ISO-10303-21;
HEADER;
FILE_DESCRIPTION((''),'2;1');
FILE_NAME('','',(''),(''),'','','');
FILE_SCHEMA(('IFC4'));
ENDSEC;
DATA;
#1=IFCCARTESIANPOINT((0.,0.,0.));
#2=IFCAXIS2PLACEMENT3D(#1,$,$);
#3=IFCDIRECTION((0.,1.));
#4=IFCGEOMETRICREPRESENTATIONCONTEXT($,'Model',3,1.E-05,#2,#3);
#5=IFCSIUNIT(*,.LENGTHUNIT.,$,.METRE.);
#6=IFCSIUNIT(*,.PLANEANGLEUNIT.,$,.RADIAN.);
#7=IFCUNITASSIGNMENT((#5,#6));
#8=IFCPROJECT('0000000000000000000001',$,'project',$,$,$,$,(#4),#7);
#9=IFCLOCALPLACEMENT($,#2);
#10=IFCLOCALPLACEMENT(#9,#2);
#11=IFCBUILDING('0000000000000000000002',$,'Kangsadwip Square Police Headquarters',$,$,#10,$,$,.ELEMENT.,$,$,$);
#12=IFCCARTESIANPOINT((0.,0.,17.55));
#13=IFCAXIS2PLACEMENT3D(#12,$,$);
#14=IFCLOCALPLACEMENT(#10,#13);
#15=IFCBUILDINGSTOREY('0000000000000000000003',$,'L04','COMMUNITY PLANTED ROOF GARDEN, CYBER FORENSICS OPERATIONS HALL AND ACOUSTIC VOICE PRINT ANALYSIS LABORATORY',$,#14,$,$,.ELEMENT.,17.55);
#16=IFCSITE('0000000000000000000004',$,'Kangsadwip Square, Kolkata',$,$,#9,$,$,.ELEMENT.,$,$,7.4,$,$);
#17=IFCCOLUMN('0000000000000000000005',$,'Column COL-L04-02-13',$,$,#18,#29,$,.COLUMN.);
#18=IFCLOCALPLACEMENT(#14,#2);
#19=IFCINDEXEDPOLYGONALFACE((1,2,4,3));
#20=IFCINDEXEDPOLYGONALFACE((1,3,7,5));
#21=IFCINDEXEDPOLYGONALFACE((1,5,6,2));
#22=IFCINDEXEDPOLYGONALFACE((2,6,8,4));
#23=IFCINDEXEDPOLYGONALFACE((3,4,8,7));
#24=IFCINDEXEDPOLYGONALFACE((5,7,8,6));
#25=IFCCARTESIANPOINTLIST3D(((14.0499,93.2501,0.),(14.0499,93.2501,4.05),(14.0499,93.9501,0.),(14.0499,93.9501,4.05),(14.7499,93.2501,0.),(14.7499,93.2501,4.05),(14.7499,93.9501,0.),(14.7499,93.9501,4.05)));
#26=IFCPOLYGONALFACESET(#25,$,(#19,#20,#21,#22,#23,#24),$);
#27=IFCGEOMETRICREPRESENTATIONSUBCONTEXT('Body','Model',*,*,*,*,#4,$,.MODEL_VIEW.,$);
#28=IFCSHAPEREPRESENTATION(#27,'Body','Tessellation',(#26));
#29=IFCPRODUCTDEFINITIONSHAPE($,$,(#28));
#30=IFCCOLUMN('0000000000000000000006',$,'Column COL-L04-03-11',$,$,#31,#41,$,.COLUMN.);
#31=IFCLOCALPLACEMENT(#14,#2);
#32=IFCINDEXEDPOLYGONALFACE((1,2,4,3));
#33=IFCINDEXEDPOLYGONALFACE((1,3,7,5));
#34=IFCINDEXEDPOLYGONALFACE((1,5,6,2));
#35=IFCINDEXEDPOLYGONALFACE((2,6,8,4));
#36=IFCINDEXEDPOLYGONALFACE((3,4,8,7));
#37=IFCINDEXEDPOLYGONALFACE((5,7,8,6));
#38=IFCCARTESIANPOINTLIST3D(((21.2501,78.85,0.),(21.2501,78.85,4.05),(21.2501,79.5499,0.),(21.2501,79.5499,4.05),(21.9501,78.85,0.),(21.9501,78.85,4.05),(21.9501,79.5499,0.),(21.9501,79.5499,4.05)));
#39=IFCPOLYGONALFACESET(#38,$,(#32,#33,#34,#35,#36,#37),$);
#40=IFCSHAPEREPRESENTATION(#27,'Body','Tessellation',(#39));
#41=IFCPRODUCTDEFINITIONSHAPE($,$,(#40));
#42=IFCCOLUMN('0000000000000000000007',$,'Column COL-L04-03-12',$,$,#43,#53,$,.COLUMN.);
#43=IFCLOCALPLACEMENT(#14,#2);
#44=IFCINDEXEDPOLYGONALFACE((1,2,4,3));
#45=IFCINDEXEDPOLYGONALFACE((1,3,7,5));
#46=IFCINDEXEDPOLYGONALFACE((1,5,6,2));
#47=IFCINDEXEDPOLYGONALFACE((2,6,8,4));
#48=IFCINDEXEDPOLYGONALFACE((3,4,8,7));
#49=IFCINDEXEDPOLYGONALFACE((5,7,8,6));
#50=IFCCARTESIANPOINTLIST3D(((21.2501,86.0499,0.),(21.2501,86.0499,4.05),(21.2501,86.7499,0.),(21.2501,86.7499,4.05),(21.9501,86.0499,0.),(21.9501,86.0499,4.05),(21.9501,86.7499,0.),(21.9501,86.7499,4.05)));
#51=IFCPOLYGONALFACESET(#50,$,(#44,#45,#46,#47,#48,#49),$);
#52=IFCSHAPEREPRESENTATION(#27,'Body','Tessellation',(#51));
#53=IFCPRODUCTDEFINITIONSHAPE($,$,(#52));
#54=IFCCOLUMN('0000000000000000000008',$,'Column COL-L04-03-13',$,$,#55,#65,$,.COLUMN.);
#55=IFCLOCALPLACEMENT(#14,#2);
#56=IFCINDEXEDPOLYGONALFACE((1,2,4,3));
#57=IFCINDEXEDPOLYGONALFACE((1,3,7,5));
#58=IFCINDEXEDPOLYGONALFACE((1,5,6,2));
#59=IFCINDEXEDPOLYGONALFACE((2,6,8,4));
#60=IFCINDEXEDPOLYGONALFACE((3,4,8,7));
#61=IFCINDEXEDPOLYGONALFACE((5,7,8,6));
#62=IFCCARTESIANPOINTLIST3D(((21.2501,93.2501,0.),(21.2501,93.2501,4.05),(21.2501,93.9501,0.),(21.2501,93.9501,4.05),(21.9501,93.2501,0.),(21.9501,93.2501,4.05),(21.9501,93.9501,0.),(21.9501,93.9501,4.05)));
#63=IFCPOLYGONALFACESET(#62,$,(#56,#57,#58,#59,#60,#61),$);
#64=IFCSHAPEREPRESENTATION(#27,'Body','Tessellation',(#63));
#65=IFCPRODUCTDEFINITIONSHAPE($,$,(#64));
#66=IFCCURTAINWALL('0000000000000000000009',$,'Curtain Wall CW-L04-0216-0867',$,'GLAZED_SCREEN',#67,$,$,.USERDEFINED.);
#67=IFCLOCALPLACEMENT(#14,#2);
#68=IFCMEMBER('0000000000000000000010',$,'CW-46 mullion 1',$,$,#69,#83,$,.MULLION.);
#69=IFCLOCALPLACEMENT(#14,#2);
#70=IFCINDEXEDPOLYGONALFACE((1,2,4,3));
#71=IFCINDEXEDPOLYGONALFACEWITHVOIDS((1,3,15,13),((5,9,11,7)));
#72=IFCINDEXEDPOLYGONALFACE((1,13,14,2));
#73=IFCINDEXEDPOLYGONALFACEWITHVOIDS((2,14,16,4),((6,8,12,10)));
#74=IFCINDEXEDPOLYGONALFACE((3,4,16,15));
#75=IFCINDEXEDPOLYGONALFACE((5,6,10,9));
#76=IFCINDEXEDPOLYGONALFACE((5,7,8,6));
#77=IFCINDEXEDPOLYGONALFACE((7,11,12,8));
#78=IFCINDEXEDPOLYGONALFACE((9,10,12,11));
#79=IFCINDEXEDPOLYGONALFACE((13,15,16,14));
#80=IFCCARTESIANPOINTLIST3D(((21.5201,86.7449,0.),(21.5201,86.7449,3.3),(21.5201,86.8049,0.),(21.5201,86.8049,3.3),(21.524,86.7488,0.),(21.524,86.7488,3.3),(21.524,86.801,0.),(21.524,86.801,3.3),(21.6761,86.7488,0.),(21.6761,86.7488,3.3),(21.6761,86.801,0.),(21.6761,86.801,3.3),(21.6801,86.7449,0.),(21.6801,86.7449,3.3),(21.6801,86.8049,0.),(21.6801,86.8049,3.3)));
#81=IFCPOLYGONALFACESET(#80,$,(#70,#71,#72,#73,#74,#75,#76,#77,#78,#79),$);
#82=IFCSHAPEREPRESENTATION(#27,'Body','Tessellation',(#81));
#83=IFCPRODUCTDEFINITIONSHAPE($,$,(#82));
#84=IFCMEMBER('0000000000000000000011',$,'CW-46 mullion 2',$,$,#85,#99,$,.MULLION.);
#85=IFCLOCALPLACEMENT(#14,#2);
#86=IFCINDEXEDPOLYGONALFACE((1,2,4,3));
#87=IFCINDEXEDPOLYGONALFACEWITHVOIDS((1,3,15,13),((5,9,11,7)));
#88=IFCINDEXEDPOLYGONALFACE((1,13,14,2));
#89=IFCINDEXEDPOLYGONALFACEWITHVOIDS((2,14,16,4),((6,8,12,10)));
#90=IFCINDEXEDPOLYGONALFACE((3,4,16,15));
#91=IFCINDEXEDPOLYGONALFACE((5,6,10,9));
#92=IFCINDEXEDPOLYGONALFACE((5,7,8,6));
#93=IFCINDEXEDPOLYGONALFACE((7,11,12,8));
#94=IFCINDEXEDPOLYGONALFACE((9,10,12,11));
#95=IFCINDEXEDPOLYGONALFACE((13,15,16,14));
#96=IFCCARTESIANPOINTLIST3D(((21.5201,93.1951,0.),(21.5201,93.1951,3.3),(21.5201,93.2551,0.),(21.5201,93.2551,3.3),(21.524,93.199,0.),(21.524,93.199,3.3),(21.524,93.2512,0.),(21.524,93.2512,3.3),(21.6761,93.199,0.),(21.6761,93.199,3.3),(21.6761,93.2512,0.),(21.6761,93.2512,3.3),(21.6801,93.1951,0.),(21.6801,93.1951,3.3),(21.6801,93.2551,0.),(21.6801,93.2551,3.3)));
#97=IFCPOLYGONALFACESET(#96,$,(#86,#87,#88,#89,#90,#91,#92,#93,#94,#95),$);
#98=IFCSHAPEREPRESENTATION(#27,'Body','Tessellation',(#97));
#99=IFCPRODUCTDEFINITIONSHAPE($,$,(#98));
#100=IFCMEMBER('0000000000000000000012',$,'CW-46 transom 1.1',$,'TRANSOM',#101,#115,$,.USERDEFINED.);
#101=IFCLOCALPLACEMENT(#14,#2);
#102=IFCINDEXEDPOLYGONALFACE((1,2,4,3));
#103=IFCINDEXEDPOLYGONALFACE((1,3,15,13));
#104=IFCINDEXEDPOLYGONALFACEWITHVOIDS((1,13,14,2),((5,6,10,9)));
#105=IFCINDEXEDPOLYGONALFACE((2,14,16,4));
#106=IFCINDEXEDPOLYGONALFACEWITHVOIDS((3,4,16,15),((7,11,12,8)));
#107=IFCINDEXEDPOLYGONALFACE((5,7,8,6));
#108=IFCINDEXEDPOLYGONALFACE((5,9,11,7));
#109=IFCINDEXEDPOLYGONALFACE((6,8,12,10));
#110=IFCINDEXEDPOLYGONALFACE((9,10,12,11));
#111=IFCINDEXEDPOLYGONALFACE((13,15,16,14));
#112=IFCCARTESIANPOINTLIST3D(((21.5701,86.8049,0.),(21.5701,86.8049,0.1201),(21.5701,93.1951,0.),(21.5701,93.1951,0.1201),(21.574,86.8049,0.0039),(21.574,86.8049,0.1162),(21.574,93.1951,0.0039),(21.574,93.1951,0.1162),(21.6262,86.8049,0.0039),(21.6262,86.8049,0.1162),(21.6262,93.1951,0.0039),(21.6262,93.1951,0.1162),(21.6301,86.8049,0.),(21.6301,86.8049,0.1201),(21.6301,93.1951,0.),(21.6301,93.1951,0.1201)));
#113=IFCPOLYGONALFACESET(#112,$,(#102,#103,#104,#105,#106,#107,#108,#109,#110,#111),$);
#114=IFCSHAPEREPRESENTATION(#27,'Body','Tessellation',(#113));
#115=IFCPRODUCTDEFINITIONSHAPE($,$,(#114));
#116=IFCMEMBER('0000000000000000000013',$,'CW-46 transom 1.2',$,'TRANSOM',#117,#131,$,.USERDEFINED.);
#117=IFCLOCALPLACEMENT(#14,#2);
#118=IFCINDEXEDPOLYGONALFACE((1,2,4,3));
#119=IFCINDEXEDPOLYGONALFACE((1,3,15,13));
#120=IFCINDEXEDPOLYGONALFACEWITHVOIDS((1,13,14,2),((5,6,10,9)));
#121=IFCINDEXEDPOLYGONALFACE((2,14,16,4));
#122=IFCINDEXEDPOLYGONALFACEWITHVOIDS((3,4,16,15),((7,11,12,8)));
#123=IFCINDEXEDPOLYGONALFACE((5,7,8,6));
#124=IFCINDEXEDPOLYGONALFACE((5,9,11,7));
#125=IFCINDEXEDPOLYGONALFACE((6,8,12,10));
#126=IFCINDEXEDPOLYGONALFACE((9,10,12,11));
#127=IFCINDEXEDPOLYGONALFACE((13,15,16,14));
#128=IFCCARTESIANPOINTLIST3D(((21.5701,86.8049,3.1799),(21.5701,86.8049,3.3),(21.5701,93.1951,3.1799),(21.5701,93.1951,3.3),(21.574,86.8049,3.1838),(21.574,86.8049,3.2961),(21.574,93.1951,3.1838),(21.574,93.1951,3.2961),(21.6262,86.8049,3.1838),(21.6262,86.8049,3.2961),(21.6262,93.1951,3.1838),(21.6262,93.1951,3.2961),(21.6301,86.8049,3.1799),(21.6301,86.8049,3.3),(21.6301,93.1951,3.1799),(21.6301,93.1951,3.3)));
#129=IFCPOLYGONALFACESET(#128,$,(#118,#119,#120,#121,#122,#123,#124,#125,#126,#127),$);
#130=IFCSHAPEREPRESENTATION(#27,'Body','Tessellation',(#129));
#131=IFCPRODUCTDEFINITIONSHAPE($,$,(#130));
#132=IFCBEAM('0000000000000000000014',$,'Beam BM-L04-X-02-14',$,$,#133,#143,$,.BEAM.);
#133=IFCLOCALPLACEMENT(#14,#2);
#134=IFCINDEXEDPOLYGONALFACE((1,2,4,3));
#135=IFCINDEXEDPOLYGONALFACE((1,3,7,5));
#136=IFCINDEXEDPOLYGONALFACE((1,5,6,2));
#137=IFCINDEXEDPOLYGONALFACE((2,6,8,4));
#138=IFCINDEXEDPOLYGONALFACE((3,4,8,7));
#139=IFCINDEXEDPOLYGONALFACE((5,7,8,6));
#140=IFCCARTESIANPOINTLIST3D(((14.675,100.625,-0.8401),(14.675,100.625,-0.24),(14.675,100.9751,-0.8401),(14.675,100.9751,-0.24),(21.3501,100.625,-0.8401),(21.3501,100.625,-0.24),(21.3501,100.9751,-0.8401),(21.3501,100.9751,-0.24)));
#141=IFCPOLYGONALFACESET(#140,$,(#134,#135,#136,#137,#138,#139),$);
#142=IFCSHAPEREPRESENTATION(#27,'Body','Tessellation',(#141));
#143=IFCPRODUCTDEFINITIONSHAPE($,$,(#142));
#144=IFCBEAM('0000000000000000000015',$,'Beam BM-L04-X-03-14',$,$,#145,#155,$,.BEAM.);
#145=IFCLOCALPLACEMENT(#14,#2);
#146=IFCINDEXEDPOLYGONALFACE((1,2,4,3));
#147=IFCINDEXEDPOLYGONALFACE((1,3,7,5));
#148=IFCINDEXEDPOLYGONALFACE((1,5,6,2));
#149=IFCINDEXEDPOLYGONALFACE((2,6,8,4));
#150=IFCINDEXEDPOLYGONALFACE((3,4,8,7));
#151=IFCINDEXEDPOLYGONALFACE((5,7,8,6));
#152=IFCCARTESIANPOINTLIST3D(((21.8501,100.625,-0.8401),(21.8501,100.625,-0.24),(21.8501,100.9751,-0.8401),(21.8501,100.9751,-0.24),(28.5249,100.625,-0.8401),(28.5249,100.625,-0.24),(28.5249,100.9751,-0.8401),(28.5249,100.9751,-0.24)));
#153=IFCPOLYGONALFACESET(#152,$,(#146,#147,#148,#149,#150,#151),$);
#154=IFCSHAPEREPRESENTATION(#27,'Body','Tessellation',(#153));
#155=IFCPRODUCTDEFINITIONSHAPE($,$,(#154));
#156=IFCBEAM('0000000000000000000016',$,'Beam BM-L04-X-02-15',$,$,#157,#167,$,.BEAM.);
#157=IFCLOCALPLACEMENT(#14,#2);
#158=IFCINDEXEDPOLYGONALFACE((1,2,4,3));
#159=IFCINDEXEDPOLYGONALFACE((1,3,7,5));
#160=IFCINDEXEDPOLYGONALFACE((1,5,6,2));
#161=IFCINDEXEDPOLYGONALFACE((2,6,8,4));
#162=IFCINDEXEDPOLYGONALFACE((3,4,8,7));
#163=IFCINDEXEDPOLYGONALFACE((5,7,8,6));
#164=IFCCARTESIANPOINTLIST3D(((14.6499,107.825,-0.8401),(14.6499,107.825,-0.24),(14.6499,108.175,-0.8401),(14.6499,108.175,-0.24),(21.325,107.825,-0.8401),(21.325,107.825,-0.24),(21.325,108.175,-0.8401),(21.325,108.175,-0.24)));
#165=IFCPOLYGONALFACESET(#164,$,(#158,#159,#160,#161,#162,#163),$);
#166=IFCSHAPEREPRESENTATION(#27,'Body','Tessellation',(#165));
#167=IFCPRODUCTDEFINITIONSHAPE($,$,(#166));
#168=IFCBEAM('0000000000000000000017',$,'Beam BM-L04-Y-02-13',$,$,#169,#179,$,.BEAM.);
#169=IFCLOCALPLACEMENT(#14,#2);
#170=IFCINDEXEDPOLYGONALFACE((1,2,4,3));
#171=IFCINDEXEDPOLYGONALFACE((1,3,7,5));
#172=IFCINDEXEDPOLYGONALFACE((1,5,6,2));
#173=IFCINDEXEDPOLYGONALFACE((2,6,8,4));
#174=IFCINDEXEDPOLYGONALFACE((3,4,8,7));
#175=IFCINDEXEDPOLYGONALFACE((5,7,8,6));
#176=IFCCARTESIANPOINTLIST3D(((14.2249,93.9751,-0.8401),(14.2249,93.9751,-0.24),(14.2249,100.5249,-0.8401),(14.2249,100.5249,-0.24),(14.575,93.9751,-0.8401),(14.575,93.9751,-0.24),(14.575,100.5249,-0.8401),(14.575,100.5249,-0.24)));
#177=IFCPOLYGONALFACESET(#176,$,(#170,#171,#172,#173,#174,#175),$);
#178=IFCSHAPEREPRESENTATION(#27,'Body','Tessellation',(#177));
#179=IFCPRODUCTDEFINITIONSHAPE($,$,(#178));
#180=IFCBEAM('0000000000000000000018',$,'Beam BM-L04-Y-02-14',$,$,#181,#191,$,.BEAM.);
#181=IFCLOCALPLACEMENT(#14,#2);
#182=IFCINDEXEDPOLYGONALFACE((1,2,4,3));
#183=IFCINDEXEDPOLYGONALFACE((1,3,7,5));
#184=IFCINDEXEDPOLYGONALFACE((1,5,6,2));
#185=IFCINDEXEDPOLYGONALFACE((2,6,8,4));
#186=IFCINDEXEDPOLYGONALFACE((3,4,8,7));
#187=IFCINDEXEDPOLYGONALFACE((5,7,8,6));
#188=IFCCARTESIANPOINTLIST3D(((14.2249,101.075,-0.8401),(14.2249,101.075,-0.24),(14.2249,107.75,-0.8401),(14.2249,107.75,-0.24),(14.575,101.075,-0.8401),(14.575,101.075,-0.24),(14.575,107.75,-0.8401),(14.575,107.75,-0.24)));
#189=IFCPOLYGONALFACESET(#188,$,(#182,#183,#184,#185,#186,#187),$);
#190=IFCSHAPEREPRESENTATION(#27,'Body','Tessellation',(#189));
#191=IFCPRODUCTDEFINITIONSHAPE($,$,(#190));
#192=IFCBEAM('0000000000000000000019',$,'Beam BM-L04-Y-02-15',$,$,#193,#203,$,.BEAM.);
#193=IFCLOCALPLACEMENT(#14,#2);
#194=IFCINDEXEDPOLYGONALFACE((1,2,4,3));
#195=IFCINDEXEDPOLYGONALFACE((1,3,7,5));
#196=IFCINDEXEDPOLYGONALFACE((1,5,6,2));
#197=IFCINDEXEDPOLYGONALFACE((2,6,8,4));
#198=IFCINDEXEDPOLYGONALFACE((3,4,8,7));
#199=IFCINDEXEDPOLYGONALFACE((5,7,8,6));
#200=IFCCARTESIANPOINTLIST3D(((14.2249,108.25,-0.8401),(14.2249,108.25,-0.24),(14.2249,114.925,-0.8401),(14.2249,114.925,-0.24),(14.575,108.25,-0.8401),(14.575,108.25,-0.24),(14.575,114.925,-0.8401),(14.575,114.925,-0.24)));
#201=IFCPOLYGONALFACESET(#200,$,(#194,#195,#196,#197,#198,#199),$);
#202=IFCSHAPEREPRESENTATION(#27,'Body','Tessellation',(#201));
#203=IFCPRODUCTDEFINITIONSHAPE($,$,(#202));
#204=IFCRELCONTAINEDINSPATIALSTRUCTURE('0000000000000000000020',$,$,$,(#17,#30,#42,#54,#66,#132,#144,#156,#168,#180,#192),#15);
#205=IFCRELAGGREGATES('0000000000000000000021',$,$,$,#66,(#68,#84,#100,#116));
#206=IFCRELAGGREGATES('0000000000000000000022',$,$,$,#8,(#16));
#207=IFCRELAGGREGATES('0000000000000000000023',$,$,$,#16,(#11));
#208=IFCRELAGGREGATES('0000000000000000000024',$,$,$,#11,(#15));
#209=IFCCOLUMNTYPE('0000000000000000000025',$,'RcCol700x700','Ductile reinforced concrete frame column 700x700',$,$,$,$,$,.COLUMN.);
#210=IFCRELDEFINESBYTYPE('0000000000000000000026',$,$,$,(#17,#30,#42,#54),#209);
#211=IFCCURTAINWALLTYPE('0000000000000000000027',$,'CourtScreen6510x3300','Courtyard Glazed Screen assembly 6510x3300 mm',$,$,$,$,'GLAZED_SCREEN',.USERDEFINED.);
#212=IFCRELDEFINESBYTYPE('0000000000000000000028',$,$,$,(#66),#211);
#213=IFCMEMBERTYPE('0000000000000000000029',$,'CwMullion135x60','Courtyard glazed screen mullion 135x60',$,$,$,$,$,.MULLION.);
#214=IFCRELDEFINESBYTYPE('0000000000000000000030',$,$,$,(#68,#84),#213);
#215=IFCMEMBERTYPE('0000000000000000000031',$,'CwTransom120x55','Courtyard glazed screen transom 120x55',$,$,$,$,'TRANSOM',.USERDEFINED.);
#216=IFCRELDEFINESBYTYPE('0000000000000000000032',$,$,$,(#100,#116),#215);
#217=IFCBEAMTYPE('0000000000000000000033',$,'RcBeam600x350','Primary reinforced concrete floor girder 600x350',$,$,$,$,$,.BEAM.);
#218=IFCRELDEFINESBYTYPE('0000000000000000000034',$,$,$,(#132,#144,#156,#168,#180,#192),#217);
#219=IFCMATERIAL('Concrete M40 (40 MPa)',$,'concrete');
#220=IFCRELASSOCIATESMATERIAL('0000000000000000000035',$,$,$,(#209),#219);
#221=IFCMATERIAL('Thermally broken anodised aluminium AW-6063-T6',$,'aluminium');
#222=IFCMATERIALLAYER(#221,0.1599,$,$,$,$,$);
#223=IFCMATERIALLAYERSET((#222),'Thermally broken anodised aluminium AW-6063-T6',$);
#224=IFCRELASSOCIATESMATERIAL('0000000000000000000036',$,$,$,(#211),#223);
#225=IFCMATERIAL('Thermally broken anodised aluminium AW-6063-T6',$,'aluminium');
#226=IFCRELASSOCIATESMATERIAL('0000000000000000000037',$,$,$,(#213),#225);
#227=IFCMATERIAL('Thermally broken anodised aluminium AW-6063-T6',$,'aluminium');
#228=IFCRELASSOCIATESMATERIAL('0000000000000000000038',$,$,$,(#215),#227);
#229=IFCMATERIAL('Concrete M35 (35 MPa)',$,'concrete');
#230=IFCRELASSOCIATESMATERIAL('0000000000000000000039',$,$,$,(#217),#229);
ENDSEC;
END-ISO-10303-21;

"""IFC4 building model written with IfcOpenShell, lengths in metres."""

from ifc_helpers import new_model, si_unit, direction, frame, origin, origin_2d, place, context, subcontext, project, spatial, rectangle, hollow_rectangle, extrude, material, layer, layer_set, material_profile, profile_set, type_object, element, aggregate, save


model = new_model("IFC4")

# Units and contexts
model_context = context("Model", 3, precision=1e-05, world=origin(), true_north=direction((0.0, 1.0)))
body_context = subcontext(model_context, "Body", "Model", "MODEL_VIEW")
ifc_project = project(units=[si_unit("LENGTHUNIT", "METRE"), si_unit("PLANEANGLEUNIT", "RADIAN")], contexts=[model_context])

# Site, building, storey
site_placement = place(None, origin())
site = spatial("IfcSite", under=ifc_project, at=site_placement, Name="Kangsadwip Square, Kolkata", CompositionType="ELEMENT", RefElevation=7.4)
building_placement = place(site_placement, origin())
building = spatial("IfcBuilding", under=site, at=building_placement, Name="Kangsadwip Square Police Headquarters", CompositionType="ELEMENT")
storey_placement = place(building_placement, frame((0.0, 0.0, 17.55)))
storey = spatial("IfcBuildingStorey", under=building, at=storey_placement, Name="L04", Description="COMMUNITY PLANTED ROOF GARDEN, CYBER FORENSICS OPERATIONS HALL AND ACOUSTIC VOICE PRINT ANALYSIS LABORATORY", CompositionType="ELEMENT", Elevation=17.55)

# Columns
ifc_material_1 = material(Name="Concrete M40 (40 MPa)", Category="concrete")
ifc_material_profile_1 = material_profile(ifc_material_1, rectangle(XDim=0.7, YDim=0.7, at=origin_2d()), Name="RC COL 700X700")
ifc_profile_set_1 = profile_set([ifc_material_profile_1], Name="Concrete M40 (40 MPa)")
column_type = type_object("IfcColumnType", Name="RcCol700x700", Description="Ductile reinforced concrete frame column 700x700", PredefinedType="COLUMN", material=ifc_profile_set_1)
for number, where, z_axis, x_axis, name in (
    (1, (14.3999, 93.6001, 0.0), (0.0, 0.0, 1.0), (1.0, 0.0, 0.0), "Column COL-L04-02-13"),
    (2, (21.6001, 79.2, 0.0), (0.0, 0.0, 1.0), (1.0, 0.0, 0.0), "Column COL-L04-03-11"),
    (3, (21.6001, 86.3999, 0.0), (0.0, 0.0, 1.0), (1.0, 0.0, 0.0), "Column COL-L04-03-12"),
    (4, (21.6001, 93.6001, 0.0), (0.0, 0.0, 1.0), (1.0, 0.0, 0.0), "Column COL-L04-03-13"),
):
    element("IfcColumn", number, at=place(storey_placement, frame(where, z_axis=z_axis, x_axis=x_axis)), inside=storey, type_object=column_type, Name=name, PredefinedType="COLUMN", context=body_context, shape_type="SweptSolid", body=[
        extrude(rectangle(XDim=0.7, YDim=0.7, at=origin_2d()), origin(), (0.0, 0.0, 1.0), 4.05),
    ])

# Curtain wall, members
ifc_material_2 = material(Name="Thermally broken anodised aluminium AW-6063-T6", Category="aluminium")
ifc_layer_1 = layer(ifc_material_2, 0.1599)
ifc_layer_set_1 = layer_set([ifc_layer_1], Name="Thermally broken anodised aluminium AW-6063-T6")
curtain_wall_type = type_object("IfcCurtainWallType", Name="CourtScreen6510x3300", Description="Courtyard Glazed Screen assembly 6510x3300 mm", ElementType="GLAZED_SCREEN", PredefinedType="USERDEFINED", material=ifc_layer_set_1)
curtain_wall_placement = place(storey_placement, origin())
curtain_wall = element("IfcCurtainWall", 5, at=curtain_wall_placement, inside=storey, type_object=curtain_wall_type, Name="Curtain Wall CW-L04-0216-0867", ObjectType="GLAZED_SCREEN", PredefinedType="USERDEFINED")
ifc_material_3 = material(Name="Thermally broken anodised aluminium AW-6063-T6", Category="aluminium")
ifc_material_profile_2 = material_profile(ifc_material_3, hollow_rectangle(XDim=0.0601, YDim=0.1599, WallThickness=0.0039, at=origin_2d()), Name="CWM 160X60X4")
ifc_profile_set_2 = profile_set([ifc_material_profile_2], Name="Thermally broken anodised aluminium AW-6063-T6")
member_type_1 = type_object("IfcMemberType", Name="CwMullion135x60", Description="Courtyard glazed screen mullion 135x60", PredefinedType="MULLION", material=ifc_profile_set_2)
member_1_placement = place(storey_placement, frame((21.6001, 86.7749, 0.0), z_axis=(0.0, 0.0, 1.0), x_axis=(0.0, 1.0, 0.0)))
member_1 = element("IfcMember", 6, at=member_1_placement, type_object=member_type_1, Name="CW-46 mullion 1", PredefinedType="MULLION", context=body_context, shape_type="SweptSolid", body=[
    extrude(hollow_rectangle(XDim=0.0601, YDim=0.1599, WallThickness=0.0039, at=origin_2d()), origin(), (0.0, 0.0, 1.0), 3.3),
])
member_2_placement = place(storey_placement, frame((21.6001, 93.2251, 0.0), z_axis=(0.0, 0.0, 1.0), x_axis=(0.0, 1.0, 0.0)))
member_2 = element("IfcMember", 7, at=member_2_placement, type_object=member_type_1, Name="CW-46 mullion 2", PredefinedType="MULLION", context=body_context, shape_type="SweptSolid", body=[
    extrude(hollow_rectangle(XDim=0.0601, YDim=0.1599, WallThickness=0.0039, at=origin_2d()), origin(), (0.0, 0.0, 1.0), 3.3),
])
ifc_material_4 = material(Name="Thermally broken anodised aluminium AW-6063-T6", Category="aluminium")
ifc_material_profile_3 = material_profile(ifc_material_4, hollow_rectangle(XDim=0.0601, YDim=0.1201, WallThickness=0.0039, at=origin_2d()), Name="CWT 120X60X4")
ifc_profile_set_3 = profile_set([ifc_material_profile_3], Name="Thermally broken anodised aluminium AW-6063-T6")
member_type_2 = type_object("IfcMemberType", Name="CwTransom120x55", Description="Courtyard glazed screen transom 120x55", ElementType="TRANSOM", PredefinedType="USERDEFINED", material=ifc_profile_set_3)
member_3_placement = place(storey_placement, frame((21.6001, 86.8049, 0.0601), z_axis=(0.0, 1.0, 0.0), x_axis=(-1.0, 0.0, 0.0)))
member_3 = element("IfcMember", 8, at=member_3_placement, type_object=member_type_2, Name="CW-46 transom 1.1", ObjectType="TRANSOM", PredefinedType="USERDEFINED", context=body_context, shape_type="SweptSolid", body=[
    extrude(hollow_rectangle(XDim=0.0601, YDim=0.1201, WallThickness=0.0039, at=origin_2d()), origin(), (0.0, 0.0, 1.0), 6.3901),
])
member_4_placement = place(storey_placement, frame((21.6001, 86.8049, 3.24), z_axis=(0.0, 1.0, 0.0), x_axis=(-1.0, 0.0, 0.0)))
member_4 = element("IfcMember", 9, at=member_4_placement, type_object=member_type_2, Name="CW-46 transom 1.2", ObjectType="TRANSOM", PredefinedType="USERDEFINED", context=body_context, shape_type="SweptSolid", body=[
    extrude(hollow_rectangle(XDim=0.0601, YDim=0.1201, WallThickness=0.0039, at=origin_2d()), origin(), (0.0, 0.0, 1.0), 6.3901),
])

# Beams
ifc_material_5 = material(Name="Concrete M35 (35 MPa)", Category="concrete")
ifc_material_profile_4 = material_profile(ifc_material_5, rectangle(XDim=0.3501, YDim=0.6001, at=origin_2d()), Name="RC BM 600X350")
ifc_profile_set_4 = profile_set([ifc_material_profile_4], Name="Concrete M35 (35 MPa)")
beam_type_1 = type_object("IfcBeamType", Name="RcBeam600x350", Description="Primary reinforced concrete floor girder 600x350", PredefinedType="BEAM", material=ifc_profile_set_4)
beam_1_placement = place(storey_placement, frame((14.675, 100.8, -0.54), z_axis=(1.0, 0.0, 0.0), x_axis=(0.0, 1.0, 0.0)))
element("IfcBeam", 10, at=beam_1_placement, inside=storey, type_object=beam_type_1, Name="Beam BM-L04-X-02-14", PredefinedType="BEAM", context=body_context, shape_type="SweptSolid", body=[
    extrude(rectangle(XDim=0.3501, YDim=0.6001, at=origin_2d()), origin(), (0.0, 0.0, 1.0), 6.675),
])
beam_2_placement = place(storey_placement, frame((21.8501, 100.8, -0.54), z_axis=(1.0, 0.0, 0.0), x_axis=(0.0, 1.0, 0.0)))
element("IfcBeam", 11, at=beam_2_placement, inside=storey, type_object=beam_type_1, Name="Beam BM-L04-X-03-14", PredefinedType="BEAM", context=body_context, shape_type="SweptSolid", body=[
    extrude(rectangle(XDim=0.3501, YDim=0.6001, at=origin_2d()), origin(), (0.0, 0.0, 1.0), 6.6748),
])
beam_3_placement = place(storey_placement, frame((14.6499, 108.0, -0.54), z_axis=(1.0, 0.0, 0.0), x_axis=(0.0, 1.0, 0.0)))
element("IfcBeam", 12, at=beam_3_placement, inside=storey, type_object=beam_type_1, Name="Beam BM-L04-X-02-15", PredefinedType="BEAM", context=body_context, shape_type="SweptSolid", body=[
    extrude(rectangle(XDim=0.3501, YDim=0.6001, at=origin_2d()), origin(), (0.0, 0.0, 1.0), 6.675),
])
beam_4_placement = place(storey_placement, frame((14.3999, 93.9751, -0.54), z_axis=(0.0, 1.0, 0.0), x_axis=(-1.0, 0.0, 0.0)))
element("IfcBeam", 13, at=beam_4_placement, inside=storey, type_object=beam_type_1, Name="Beam BM-L04-Y-02-13", PredefinedType="BEAM", context=body_context, shape_type="SweptSolid", body=[
    extrude(rectangle(XDim=0.3501, YDim=0.6001, at=origin_2d()), origin(), (0.0, 0.0, 1.0), 6.5498),
])
for number, where, z_axis, x_axis, name in (
    (14, (14.3999, 101.075, -0.54), (0.0, 1.0, 0.0), (-1.0, 0.0, 0.0), "Beam BM-L04-Y-02-14"),
    (15, (14.3999, 108.25, -0.54), (0.0, 1.0, 0.0), (-1.0, 0.0, 0.0), "Beam BM-L04-Y-02-15"),
):
    element("IfcBeam", number, at=place(storey_placement, frame(where, z_axis=z_axis, x_axis=x_axis)), inside=storey, type_object=beam_type_1, Name=name, PredefinedType="BEAM", context=body_context, shape_type="SweptSolid", body=[
        extrude(rectangle(XDim=0.3501, YDim=0.6001, at=origin_2d()), origin(), (0.0, 0.0, 1.0), 6.675),
    ])

aggregate(curtain_wall, [member_1, member_2, member_3, member_4])

save(model, "model.ifc")
